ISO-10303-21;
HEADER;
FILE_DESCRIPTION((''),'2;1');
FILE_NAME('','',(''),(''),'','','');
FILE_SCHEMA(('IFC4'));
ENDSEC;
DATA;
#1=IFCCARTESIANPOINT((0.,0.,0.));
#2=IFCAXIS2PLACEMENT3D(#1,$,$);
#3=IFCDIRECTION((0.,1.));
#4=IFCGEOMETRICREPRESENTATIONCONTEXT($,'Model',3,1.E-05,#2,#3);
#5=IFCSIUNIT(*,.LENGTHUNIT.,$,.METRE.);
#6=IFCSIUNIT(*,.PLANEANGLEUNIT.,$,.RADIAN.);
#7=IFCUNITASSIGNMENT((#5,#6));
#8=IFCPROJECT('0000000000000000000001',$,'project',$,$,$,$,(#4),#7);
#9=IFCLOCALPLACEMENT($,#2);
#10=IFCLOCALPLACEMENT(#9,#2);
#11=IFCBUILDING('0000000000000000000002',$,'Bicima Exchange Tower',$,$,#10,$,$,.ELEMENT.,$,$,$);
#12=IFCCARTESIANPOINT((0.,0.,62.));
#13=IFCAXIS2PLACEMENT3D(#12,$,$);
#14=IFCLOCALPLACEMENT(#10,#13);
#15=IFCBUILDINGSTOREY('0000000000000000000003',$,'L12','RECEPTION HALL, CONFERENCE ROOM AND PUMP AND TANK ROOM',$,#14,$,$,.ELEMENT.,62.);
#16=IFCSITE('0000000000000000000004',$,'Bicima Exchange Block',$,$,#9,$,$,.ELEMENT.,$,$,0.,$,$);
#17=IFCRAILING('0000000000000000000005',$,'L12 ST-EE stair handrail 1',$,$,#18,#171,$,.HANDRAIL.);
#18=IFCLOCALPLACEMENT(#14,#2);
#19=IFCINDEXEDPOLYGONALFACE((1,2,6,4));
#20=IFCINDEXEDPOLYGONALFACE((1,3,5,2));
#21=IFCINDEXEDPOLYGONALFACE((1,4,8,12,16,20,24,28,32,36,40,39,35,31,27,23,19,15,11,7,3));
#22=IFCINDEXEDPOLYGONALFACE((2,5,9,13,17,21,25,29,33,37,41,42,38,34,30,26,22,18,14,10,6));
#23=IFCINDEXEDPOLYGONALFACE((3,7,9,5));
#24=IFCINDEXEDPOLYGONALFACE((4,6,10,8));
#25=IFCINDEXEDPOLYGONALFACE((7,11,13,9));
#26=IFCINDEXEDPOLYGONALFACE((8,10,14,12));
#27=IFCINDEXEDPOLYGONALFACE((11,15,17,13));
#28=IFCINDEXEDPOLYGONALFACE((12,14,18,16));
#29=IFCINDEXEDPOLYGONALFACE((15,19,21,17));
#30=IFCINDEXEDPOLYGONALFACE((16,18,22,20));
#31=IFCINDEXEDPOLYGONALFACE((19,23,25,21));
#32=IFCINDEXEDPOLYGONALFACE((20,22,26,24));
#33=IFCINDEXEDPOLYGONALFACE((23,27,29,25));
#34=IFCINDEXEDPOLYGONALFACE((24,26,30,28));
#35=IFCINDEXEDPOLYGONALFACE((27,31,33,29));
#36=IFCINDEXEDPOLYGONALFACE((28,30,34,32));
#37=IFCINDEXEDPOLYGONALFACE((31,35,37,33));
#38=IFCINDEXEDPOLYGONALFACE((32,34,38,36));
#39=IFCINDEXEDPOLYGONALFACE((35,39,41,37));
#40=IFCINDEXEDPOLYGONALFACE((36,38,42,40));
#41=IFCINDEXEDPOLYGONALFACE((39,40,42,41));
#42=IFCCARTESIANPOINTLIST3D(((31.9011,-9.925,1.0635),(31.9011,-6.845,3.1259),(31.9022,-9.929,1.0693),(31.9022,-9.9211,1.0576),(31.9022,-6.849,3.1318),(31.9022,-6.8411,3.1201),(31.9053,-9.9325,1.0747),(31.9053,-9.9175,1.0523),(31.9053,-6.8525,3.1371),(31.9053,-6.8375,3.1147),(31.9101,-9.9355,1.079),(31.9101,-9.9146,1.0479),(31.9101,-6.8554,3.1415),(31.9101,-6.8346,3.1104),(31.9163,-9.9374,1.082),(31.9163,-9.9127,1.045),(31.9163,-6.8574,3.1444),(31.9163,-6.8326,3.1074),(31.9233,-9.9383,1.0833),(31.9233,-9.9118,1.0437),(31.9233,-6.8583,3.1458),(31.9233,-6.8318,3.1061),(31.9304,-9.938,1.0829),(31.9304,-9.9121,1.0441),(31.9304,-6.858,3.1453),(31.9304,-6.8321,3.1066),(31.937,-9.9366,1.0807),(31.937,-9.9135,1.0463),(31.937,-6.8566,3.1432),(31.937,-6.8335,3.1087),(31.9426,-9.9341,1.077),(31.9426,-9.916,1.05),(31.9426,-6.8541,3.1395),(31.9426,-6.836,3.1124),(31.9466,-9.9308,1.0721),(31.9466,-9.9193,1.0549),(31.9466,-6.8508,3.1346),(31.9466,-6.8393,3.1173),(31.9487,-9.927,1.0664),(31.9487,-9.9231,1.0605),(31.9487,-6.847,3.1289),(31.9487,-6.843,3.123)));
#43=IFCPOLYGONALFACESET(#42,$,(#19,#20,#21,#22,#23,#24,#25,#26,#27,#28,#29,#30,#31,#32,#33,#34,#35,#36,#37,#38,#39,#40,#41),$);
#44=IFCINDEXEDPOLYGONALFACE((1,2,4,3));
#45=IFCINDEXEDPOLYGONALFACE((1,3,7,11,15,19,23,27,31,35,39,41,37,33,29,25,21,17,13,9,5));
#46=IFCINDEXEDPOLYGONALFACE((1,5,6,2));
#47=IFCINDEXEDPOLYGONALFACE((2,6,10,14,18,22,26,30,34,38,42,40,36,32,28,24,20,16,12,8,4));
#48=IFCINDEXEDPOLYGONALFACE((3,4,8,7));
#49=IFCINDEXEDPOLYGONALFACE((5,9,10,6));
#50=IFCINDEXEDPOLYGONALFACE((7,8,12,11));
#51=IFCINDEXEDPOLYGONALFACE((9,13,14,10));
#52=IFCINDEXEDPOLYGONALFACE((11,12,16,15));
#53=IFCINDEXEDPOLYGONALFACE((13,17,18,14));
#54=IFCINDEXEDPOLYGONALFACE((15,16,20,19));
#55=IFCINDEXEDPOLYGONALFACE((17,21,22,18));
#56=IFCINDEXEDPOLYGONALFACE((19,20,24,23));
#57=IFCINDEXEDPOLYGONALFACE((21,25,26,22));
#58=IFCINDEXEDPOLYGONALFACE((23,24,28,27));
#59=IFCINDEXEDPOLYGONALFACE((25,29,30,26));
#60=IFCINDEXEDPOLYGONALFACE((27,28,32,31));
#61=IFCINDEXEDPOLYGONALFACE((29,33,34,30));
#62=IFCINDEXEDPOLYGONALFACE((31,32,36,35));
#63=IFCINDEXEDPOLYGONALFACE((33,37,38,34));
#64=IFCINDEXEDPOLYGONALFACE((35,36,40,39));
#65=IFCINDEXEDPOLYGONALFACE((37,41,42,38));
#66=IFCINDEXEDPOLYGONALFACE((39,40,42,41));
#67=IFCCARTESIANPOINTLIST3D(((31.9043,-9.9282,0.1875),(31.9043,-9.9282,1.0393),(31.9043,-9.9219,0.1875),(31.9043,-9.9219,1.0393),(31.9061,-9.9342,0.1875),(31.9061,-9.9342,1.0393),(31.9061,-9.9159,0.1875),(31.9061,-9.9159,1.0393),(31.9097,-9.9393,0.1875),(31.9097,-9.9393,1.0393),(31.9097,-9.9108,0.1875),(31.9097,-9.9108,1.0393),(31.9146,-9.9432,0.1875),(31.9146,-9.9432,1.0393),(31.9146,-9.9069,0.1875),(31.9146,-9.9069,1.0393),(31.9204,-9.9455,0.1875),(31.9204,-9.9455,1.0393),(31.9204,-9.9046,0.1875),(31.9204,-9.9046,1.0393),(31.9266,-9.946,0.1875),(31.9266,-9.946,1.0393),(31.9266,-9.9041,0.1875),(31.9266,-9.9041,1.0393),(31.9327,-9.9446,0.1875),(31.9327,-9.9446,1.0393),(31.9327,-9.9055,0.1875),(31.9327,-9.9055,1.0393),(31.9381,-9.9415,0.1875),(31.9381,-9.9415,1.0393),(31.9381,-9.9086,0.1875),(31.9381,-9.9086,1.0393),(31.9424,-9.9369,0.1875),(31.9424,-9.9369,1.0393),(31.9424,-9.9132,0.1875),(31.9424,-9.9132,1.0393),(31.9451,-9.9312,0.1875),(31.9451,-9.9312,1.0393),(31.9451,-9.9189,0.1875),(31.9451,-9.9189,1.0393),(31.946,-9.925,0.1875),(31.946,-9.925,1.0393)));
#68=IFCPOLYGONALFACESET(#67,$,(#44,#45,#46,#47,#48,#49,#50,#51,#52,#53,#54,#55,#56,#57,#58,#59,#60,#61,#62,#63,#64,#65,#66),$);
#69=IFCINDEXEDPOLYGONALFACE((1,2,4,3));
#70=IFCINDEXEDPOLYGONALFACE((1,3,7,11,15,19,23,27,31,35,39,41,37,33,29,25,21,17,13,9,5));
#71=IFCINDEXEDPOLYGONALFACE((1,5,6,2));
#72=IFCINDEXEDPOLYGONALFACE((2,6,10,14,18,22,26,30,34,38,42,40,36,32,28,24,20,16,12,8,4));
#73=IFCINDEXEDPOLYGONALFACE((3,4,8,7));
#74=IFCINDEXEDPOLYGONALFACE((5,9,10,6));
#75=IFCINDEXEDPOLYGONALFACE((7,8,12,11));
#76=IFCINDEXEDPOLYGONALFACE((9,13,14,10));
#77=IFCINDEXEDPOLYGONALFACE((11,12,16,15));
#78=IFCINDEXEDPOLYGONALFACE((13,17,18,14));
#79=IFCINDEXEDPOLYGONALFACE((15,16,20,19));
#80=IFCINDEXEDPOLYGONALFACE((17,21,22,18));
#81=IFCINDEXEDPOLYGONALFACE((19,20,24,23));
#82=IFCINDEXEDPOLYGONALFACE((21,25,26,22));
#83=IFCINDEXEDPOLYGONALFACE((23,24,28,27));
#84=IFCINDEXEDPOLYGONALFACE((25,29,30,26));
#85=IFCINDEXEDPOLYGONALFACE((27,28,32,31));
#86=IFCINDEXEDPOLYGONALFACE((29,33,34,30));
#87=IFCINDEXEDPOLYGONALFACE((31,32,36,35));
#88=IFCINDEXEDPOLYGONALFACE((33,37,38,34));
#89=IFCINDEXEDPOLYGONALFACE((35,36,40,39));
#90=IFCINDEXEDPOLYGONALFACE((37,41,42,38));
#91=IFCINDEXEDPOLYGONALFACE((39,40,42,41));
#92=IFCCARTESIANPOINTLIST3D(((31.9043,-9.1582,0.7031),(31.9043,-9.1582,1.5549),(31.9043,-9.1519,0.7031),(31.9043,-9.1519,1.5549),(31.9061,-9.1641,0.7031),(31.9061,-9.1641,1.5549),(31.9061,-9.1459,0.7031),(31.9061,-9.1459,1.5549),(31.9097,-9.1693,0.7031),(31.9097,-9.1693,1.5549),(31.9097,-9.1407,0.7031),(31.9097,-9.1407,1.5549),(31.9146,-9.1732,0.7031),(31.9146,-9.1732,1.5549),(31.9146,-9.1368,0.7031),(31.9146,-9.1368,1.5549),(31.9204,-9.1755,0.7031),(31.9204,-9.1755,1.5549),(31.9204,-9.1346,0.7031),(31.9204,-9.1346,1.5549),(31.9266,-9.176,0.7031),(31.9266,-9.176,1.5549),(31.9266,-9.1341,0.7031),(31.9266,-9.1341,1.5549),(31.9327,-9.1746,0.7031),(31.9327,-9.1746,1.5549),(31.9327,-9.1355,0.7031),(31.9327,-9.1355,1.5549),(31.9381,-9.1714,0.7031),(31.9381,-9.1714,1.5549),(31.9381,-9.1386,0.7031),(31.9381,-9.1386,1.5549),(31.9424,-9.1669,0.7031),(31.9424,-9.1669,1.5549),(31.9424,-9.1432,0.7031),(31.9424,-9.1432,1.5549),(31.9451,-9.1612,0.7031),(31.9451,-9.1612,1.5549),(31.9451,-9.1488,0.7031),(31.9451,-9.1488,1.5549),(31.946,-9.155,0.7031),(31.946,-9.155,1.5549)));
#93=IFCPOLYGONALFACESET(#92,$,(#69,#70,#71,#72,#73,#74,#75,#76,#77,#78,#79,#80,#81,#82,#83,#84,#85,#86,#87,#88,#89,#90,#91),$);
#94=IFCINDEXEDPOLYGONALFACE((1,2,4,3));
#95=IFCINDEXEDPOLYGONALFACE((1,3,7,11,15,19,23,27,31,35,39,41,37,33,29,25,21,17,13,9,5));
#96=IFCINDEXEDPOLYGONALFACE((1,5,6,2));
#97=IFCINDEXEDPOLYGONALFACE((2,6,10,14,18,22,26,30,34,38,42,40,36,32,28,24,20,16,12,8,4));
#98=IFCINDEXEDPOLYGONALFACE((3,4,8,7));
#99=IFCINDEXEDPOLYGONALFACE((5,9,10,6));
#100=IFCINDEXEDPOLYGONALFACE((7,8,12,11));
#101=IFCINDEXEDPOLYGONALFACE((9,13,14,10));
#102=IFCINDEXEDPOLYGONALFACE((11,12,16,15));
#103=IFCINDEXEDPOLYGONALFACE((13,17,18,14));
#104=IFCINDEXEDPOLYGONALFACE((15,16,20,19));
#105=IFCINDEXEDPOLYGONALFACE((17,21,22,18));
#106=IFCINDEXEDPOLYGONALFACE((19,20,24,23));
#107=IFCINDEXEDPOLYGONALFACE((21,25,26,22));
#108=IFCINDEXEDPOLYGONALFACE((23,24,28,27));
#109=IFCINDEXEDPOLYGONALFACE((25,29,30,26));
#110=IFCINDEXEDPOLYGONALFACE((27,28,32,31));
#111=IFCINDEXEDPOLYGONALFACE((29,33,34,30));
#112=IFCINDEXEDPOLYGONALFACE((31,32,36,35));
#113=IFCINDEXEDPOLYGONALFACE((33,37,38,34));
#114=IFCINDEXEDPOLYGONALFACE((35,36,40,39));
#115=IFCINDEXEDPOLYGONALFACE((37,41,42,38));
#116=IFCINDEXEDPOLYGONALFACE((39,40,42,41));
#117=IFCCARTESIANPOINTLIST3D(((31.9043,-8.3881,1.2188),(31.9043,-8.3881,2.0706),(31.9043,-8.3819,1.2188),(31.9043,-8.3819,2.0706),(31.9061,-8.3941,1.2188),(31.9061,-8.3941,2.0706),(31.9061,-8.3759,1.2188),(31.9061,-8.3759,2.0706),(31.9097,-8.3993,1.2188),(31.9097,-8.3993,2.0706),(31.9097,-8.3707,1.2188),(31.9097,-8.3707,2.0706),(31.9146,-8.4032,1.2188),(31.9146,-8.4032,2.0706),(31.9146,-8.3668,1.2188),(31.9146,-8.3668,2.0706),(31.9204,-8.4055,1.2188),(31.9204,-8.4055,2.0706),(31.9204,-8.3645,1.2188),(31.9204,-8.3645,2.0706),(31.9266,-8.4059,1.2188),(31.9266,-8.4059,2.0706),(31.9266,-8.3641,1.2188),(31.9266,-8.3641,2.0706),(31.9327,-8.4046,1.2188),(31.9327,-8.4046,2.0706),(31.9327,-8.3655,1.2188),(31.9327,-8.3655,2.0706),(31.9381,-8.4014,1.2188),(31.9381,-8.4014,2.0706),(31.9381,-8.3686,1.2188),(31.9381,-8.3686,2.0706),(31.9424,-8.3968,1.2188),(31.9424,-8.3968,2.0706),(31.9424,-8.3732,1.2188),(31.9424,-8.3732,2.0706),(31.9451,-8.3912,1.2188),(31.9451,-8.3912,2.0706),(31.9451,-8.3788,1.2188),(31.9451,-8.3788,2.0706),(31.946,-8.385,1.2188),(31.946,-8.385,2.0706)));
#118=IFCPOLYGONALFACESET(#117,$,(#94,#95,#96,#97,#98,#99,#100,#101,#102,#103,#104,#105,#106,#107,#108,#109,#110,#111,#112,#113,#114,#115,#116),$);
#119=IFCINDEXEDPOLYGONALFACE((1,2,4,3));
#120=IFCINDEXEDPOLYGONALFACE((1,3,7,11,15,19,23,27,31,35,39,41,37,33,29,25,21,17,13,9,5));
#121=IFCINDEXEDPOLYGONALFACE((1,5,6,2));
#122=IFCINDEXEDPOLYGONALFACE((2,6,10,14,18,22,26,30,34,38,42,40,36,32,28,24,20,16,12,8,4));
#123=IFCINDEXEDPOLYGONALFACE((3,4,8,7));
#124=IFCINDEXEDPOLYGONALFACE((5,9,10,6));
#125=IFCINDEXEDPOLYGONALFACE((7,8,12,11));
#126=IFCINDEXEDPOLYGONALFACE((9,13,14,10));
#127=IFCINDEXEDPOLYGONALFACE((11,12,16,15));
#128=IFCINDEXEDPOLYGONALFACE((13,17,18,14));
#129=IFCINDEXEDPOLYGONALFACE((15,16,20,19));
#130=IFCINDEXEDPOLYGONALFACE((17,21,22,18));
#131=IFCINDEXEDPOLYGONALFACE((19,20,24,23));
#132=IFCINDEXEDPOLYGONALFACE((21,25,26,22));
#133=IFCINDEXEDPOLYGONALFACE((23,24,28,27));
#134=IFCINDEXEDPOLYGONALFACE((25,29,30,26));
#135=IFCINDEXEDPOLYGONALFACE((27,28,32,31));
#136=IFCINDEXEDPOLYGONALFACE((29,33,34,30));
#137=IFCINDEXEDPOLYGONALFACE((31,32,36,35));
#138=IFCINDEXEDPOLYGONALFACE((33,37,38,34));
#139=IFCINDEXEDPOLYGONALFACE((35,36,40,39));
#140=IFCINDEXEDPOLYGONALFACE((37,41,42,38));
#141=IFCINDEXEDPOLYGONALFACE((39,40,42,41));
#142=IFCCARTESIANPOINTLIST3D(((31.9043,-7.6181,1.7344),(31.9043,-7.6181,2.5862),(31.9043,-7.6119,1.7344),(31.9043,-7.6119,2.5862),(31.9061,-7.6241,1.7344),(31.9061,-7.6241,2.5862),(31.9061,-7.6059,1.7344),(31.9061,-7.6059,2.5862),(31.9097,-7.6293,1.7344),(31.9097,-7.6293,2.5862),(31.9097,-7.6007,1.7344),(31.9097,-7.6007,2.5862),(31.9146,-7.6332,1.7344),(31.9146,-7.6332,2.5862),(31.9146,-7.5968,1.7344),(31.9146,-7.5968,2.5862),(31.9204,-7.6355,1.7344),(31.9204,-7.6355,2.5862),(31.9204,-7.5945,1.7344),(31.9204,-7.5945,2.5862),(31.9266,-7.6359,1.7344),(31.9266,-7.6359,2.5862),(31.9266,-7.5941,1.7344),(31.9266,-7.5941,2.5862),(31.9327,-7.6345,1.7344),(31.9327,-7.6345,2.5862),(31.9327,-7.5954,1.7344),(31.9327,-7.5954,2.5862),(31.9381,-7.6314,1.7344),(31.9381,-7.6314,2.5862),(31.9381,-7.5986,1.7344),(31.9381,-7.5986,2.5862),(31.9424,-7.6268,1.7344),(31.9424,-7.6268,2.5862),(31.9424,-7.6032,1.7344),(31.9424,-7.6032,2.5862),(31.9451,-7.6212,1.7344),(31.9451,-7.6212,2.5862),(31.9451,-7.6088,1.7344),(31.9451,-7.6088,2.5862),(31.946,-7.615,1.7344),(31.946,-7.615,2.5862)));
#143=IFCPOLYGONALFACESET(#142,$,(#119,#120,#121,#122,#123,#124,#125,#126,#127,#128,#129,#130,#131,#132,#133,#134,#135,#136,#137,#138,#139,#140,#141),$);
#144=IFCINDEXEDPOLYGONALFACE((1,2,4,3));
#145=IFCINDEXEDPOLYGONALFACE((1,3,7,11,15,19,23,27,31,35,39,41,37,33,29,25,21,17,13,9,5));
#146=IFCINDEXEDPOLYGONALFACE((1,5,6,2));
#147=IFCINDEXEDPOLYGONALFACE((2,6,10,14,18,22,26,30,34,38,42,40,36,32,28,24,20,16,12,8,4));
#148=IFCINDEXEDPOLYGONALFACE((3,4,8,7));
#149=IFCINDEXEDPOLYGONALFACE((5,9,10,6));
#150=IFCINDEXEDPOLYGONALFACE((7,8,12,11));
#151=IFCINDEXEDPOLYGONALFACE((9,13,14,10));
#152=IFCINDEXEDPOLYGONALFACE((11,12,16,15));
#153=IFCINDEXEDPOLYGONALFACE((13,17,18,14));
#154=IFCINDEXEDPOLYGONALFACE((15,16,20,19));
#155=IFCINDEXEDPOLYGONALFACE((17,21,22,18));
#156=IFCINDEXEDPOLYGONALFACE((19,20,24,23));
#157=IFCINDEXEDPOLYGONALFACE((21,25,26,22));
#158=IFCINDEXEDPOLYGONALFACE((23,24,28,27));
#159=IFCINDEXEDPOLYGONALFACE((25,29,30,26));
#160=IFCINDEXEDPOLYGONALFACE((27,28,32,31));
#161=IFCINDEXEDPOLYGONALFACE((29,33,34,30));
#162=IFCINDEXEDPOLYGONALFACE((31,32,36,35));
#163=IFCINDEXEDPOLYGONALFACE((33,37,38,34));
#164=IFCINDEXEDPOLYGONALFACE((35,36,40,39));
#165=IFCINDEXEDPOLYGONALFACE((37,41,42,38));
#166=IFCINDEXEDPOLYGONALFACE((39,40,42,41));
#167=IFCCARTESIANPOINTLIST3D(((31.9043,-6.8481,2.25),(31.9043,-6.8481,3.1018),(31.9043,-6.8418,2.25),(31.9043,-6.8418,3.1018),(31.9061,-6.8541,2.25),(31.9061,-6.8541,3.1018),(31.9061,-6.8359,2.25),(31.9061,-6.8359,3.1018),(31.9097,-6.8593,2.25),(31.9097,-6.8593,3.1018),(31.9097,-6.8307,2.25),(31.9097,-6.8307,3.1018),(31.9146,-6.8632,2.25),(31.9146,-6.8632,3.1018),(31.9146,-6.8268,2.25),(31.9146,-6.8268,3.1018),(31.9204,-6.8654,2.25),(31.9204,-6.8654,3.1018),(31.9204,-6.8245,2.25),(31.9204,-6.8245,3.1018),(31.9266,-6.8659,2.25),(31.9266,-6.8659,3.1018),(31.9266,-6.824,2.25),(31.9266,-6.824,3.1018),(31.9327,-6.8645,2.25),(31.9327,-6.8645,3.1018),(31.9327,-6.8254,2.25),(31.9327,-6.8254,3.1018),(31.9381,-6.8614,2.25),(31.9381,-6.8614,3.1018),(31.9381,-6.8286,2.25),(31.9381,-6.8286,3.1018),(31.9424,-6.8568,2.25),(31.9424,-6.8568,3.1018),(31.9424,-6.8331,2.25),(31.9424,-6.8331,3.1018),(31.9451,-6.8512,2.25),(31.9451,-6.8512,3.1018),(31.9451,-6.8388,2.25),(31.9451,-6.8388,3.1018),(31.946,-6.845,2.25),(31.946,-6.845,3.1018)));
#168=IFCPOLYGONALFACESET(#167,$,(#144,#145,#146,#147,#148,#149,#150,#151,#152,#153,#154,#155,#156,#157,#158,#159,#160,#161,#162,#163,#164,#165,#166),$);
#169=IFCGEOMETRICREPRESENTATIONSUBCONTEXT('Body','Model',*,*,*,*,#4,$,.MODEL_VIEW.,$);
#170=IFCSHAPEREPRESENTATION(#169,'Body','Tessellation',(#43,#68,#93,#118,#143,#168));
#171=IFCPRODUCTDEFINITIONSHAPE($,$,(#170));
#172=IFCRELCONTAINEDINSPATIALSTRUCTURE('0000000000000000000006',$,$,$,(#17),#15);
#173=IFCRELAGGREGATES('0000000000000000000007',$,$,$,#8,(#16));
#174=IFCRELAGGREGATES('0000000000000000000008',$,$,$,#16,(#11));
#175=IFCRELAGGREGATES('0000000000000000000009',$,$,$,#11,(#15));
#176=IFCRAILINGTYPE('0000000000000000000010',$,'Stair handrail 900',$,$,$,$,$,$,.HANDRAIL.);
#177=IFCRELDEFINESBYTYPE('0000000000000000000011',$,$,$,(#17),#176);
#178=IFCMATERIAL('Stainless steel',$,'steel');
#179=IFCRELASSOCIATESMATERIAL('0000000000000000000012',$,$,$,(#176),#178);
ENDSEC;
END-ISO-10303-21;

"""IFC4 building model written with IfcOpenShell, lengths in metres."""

from ifc_helpers import new_model, si_unit, direction, frame, origin, origin_2d, place, context, subcontext, project, spatial, circle, extrude, material, type_object, element, save


model = new_model("IFC4")

# Units and contexts
model_context = context("Model", 3, precision=1e-05, world=origin(), true_north=direction((0.0, 1.0)))
body_context = subcontext(model_context, "Body", "Model", "MODEL_VIEW")
ifc_project = project(units=[si_unit("LENGTHUNIT", "METRE"), si_unit("PLANEANGLEUNIT", "RADIAN")], contexts=[model_context])

# Site, building, storey
site_placement = place(None, origin())
site = spatial("IfcSite", under=ifc_project, at=site_placement, Name="Bicima Exchange Block", CompositionType="ELEMENT", RefElevation=0.0)
building_placement = place(site_placement, origin())
building = spatial("IfcBuilding", under=site, at=building_placement, Name="Bicima Exchange Tower", CompositionType="ELEMENT")
storey_placement = place(building_placement, frame((0.0, 0.0, 62.0)))
storey = spatial("IfcBuildingStorey", under=building, at=storey_placement, Name="L12", Description="RECEPTION HALL, CONFERENCE ROOM AND PUMP AND TANK ROOM", CompositionType="ELEMENT", Elevation=62.0)

# Railing
ifc_material_1 = material(Name="Stainless steel", Category="steel")
railing_type_1 = type_object("IfcRailingType", Name="Stair handrail 900", PredefinedType="HANDRAIL", material=ifc_material_1)
railing_1_placement = place(storey_placement, frame((31.925, -9.925, 0.1875)))
element("IfcRailing", 1, at=railing_1_placement, inside=storey, type_object=railing_type_1, Name="L12 ST-EE stair handrail 1", PredefinedType="HANDRAIL", context=body_context, shape_type="SweptSolid", body=[
    extrude(circle(Radius=0.0239, at=origin_2d()), frame((0.0, 0.0, 0.876), z_axis=(0.0, 0.830914, 0.556401), x_axis=(-1.0, 0.0, 0.0)), (0.0, 0.0, 1.0), 3.7068),
    extrude(circle(Radius=0.021, at=origin_2d()), origin(), (0.0, 0.0, 1.0), 0.8518),
    extrude(circle(Radius=0.021, at=origin_2d()), frame((0.0, 0.77, 0.5156)), (0.0, 0.0, 1.0), 0.8518),
    extrude(circle(Radius=0.021, at=origin_2d()), frame((0.0, 1.54, 1.0312)), (0.0, 0.0, 1.0), 0.8518),
    extrude(circle(Radius=0.021, at=origin_2d()), frame((0.0, 2.3101, 1.5469)), (0.0, 0.0, 1.0), 0.8518),
    extrude(circle(Radius=0.021, at=origin_2d()), frame((0.0, 3.0801, 2.0625)), (0.0, 0.0, 1.0), 0.8518),
])

save(model, "model.ifc")
